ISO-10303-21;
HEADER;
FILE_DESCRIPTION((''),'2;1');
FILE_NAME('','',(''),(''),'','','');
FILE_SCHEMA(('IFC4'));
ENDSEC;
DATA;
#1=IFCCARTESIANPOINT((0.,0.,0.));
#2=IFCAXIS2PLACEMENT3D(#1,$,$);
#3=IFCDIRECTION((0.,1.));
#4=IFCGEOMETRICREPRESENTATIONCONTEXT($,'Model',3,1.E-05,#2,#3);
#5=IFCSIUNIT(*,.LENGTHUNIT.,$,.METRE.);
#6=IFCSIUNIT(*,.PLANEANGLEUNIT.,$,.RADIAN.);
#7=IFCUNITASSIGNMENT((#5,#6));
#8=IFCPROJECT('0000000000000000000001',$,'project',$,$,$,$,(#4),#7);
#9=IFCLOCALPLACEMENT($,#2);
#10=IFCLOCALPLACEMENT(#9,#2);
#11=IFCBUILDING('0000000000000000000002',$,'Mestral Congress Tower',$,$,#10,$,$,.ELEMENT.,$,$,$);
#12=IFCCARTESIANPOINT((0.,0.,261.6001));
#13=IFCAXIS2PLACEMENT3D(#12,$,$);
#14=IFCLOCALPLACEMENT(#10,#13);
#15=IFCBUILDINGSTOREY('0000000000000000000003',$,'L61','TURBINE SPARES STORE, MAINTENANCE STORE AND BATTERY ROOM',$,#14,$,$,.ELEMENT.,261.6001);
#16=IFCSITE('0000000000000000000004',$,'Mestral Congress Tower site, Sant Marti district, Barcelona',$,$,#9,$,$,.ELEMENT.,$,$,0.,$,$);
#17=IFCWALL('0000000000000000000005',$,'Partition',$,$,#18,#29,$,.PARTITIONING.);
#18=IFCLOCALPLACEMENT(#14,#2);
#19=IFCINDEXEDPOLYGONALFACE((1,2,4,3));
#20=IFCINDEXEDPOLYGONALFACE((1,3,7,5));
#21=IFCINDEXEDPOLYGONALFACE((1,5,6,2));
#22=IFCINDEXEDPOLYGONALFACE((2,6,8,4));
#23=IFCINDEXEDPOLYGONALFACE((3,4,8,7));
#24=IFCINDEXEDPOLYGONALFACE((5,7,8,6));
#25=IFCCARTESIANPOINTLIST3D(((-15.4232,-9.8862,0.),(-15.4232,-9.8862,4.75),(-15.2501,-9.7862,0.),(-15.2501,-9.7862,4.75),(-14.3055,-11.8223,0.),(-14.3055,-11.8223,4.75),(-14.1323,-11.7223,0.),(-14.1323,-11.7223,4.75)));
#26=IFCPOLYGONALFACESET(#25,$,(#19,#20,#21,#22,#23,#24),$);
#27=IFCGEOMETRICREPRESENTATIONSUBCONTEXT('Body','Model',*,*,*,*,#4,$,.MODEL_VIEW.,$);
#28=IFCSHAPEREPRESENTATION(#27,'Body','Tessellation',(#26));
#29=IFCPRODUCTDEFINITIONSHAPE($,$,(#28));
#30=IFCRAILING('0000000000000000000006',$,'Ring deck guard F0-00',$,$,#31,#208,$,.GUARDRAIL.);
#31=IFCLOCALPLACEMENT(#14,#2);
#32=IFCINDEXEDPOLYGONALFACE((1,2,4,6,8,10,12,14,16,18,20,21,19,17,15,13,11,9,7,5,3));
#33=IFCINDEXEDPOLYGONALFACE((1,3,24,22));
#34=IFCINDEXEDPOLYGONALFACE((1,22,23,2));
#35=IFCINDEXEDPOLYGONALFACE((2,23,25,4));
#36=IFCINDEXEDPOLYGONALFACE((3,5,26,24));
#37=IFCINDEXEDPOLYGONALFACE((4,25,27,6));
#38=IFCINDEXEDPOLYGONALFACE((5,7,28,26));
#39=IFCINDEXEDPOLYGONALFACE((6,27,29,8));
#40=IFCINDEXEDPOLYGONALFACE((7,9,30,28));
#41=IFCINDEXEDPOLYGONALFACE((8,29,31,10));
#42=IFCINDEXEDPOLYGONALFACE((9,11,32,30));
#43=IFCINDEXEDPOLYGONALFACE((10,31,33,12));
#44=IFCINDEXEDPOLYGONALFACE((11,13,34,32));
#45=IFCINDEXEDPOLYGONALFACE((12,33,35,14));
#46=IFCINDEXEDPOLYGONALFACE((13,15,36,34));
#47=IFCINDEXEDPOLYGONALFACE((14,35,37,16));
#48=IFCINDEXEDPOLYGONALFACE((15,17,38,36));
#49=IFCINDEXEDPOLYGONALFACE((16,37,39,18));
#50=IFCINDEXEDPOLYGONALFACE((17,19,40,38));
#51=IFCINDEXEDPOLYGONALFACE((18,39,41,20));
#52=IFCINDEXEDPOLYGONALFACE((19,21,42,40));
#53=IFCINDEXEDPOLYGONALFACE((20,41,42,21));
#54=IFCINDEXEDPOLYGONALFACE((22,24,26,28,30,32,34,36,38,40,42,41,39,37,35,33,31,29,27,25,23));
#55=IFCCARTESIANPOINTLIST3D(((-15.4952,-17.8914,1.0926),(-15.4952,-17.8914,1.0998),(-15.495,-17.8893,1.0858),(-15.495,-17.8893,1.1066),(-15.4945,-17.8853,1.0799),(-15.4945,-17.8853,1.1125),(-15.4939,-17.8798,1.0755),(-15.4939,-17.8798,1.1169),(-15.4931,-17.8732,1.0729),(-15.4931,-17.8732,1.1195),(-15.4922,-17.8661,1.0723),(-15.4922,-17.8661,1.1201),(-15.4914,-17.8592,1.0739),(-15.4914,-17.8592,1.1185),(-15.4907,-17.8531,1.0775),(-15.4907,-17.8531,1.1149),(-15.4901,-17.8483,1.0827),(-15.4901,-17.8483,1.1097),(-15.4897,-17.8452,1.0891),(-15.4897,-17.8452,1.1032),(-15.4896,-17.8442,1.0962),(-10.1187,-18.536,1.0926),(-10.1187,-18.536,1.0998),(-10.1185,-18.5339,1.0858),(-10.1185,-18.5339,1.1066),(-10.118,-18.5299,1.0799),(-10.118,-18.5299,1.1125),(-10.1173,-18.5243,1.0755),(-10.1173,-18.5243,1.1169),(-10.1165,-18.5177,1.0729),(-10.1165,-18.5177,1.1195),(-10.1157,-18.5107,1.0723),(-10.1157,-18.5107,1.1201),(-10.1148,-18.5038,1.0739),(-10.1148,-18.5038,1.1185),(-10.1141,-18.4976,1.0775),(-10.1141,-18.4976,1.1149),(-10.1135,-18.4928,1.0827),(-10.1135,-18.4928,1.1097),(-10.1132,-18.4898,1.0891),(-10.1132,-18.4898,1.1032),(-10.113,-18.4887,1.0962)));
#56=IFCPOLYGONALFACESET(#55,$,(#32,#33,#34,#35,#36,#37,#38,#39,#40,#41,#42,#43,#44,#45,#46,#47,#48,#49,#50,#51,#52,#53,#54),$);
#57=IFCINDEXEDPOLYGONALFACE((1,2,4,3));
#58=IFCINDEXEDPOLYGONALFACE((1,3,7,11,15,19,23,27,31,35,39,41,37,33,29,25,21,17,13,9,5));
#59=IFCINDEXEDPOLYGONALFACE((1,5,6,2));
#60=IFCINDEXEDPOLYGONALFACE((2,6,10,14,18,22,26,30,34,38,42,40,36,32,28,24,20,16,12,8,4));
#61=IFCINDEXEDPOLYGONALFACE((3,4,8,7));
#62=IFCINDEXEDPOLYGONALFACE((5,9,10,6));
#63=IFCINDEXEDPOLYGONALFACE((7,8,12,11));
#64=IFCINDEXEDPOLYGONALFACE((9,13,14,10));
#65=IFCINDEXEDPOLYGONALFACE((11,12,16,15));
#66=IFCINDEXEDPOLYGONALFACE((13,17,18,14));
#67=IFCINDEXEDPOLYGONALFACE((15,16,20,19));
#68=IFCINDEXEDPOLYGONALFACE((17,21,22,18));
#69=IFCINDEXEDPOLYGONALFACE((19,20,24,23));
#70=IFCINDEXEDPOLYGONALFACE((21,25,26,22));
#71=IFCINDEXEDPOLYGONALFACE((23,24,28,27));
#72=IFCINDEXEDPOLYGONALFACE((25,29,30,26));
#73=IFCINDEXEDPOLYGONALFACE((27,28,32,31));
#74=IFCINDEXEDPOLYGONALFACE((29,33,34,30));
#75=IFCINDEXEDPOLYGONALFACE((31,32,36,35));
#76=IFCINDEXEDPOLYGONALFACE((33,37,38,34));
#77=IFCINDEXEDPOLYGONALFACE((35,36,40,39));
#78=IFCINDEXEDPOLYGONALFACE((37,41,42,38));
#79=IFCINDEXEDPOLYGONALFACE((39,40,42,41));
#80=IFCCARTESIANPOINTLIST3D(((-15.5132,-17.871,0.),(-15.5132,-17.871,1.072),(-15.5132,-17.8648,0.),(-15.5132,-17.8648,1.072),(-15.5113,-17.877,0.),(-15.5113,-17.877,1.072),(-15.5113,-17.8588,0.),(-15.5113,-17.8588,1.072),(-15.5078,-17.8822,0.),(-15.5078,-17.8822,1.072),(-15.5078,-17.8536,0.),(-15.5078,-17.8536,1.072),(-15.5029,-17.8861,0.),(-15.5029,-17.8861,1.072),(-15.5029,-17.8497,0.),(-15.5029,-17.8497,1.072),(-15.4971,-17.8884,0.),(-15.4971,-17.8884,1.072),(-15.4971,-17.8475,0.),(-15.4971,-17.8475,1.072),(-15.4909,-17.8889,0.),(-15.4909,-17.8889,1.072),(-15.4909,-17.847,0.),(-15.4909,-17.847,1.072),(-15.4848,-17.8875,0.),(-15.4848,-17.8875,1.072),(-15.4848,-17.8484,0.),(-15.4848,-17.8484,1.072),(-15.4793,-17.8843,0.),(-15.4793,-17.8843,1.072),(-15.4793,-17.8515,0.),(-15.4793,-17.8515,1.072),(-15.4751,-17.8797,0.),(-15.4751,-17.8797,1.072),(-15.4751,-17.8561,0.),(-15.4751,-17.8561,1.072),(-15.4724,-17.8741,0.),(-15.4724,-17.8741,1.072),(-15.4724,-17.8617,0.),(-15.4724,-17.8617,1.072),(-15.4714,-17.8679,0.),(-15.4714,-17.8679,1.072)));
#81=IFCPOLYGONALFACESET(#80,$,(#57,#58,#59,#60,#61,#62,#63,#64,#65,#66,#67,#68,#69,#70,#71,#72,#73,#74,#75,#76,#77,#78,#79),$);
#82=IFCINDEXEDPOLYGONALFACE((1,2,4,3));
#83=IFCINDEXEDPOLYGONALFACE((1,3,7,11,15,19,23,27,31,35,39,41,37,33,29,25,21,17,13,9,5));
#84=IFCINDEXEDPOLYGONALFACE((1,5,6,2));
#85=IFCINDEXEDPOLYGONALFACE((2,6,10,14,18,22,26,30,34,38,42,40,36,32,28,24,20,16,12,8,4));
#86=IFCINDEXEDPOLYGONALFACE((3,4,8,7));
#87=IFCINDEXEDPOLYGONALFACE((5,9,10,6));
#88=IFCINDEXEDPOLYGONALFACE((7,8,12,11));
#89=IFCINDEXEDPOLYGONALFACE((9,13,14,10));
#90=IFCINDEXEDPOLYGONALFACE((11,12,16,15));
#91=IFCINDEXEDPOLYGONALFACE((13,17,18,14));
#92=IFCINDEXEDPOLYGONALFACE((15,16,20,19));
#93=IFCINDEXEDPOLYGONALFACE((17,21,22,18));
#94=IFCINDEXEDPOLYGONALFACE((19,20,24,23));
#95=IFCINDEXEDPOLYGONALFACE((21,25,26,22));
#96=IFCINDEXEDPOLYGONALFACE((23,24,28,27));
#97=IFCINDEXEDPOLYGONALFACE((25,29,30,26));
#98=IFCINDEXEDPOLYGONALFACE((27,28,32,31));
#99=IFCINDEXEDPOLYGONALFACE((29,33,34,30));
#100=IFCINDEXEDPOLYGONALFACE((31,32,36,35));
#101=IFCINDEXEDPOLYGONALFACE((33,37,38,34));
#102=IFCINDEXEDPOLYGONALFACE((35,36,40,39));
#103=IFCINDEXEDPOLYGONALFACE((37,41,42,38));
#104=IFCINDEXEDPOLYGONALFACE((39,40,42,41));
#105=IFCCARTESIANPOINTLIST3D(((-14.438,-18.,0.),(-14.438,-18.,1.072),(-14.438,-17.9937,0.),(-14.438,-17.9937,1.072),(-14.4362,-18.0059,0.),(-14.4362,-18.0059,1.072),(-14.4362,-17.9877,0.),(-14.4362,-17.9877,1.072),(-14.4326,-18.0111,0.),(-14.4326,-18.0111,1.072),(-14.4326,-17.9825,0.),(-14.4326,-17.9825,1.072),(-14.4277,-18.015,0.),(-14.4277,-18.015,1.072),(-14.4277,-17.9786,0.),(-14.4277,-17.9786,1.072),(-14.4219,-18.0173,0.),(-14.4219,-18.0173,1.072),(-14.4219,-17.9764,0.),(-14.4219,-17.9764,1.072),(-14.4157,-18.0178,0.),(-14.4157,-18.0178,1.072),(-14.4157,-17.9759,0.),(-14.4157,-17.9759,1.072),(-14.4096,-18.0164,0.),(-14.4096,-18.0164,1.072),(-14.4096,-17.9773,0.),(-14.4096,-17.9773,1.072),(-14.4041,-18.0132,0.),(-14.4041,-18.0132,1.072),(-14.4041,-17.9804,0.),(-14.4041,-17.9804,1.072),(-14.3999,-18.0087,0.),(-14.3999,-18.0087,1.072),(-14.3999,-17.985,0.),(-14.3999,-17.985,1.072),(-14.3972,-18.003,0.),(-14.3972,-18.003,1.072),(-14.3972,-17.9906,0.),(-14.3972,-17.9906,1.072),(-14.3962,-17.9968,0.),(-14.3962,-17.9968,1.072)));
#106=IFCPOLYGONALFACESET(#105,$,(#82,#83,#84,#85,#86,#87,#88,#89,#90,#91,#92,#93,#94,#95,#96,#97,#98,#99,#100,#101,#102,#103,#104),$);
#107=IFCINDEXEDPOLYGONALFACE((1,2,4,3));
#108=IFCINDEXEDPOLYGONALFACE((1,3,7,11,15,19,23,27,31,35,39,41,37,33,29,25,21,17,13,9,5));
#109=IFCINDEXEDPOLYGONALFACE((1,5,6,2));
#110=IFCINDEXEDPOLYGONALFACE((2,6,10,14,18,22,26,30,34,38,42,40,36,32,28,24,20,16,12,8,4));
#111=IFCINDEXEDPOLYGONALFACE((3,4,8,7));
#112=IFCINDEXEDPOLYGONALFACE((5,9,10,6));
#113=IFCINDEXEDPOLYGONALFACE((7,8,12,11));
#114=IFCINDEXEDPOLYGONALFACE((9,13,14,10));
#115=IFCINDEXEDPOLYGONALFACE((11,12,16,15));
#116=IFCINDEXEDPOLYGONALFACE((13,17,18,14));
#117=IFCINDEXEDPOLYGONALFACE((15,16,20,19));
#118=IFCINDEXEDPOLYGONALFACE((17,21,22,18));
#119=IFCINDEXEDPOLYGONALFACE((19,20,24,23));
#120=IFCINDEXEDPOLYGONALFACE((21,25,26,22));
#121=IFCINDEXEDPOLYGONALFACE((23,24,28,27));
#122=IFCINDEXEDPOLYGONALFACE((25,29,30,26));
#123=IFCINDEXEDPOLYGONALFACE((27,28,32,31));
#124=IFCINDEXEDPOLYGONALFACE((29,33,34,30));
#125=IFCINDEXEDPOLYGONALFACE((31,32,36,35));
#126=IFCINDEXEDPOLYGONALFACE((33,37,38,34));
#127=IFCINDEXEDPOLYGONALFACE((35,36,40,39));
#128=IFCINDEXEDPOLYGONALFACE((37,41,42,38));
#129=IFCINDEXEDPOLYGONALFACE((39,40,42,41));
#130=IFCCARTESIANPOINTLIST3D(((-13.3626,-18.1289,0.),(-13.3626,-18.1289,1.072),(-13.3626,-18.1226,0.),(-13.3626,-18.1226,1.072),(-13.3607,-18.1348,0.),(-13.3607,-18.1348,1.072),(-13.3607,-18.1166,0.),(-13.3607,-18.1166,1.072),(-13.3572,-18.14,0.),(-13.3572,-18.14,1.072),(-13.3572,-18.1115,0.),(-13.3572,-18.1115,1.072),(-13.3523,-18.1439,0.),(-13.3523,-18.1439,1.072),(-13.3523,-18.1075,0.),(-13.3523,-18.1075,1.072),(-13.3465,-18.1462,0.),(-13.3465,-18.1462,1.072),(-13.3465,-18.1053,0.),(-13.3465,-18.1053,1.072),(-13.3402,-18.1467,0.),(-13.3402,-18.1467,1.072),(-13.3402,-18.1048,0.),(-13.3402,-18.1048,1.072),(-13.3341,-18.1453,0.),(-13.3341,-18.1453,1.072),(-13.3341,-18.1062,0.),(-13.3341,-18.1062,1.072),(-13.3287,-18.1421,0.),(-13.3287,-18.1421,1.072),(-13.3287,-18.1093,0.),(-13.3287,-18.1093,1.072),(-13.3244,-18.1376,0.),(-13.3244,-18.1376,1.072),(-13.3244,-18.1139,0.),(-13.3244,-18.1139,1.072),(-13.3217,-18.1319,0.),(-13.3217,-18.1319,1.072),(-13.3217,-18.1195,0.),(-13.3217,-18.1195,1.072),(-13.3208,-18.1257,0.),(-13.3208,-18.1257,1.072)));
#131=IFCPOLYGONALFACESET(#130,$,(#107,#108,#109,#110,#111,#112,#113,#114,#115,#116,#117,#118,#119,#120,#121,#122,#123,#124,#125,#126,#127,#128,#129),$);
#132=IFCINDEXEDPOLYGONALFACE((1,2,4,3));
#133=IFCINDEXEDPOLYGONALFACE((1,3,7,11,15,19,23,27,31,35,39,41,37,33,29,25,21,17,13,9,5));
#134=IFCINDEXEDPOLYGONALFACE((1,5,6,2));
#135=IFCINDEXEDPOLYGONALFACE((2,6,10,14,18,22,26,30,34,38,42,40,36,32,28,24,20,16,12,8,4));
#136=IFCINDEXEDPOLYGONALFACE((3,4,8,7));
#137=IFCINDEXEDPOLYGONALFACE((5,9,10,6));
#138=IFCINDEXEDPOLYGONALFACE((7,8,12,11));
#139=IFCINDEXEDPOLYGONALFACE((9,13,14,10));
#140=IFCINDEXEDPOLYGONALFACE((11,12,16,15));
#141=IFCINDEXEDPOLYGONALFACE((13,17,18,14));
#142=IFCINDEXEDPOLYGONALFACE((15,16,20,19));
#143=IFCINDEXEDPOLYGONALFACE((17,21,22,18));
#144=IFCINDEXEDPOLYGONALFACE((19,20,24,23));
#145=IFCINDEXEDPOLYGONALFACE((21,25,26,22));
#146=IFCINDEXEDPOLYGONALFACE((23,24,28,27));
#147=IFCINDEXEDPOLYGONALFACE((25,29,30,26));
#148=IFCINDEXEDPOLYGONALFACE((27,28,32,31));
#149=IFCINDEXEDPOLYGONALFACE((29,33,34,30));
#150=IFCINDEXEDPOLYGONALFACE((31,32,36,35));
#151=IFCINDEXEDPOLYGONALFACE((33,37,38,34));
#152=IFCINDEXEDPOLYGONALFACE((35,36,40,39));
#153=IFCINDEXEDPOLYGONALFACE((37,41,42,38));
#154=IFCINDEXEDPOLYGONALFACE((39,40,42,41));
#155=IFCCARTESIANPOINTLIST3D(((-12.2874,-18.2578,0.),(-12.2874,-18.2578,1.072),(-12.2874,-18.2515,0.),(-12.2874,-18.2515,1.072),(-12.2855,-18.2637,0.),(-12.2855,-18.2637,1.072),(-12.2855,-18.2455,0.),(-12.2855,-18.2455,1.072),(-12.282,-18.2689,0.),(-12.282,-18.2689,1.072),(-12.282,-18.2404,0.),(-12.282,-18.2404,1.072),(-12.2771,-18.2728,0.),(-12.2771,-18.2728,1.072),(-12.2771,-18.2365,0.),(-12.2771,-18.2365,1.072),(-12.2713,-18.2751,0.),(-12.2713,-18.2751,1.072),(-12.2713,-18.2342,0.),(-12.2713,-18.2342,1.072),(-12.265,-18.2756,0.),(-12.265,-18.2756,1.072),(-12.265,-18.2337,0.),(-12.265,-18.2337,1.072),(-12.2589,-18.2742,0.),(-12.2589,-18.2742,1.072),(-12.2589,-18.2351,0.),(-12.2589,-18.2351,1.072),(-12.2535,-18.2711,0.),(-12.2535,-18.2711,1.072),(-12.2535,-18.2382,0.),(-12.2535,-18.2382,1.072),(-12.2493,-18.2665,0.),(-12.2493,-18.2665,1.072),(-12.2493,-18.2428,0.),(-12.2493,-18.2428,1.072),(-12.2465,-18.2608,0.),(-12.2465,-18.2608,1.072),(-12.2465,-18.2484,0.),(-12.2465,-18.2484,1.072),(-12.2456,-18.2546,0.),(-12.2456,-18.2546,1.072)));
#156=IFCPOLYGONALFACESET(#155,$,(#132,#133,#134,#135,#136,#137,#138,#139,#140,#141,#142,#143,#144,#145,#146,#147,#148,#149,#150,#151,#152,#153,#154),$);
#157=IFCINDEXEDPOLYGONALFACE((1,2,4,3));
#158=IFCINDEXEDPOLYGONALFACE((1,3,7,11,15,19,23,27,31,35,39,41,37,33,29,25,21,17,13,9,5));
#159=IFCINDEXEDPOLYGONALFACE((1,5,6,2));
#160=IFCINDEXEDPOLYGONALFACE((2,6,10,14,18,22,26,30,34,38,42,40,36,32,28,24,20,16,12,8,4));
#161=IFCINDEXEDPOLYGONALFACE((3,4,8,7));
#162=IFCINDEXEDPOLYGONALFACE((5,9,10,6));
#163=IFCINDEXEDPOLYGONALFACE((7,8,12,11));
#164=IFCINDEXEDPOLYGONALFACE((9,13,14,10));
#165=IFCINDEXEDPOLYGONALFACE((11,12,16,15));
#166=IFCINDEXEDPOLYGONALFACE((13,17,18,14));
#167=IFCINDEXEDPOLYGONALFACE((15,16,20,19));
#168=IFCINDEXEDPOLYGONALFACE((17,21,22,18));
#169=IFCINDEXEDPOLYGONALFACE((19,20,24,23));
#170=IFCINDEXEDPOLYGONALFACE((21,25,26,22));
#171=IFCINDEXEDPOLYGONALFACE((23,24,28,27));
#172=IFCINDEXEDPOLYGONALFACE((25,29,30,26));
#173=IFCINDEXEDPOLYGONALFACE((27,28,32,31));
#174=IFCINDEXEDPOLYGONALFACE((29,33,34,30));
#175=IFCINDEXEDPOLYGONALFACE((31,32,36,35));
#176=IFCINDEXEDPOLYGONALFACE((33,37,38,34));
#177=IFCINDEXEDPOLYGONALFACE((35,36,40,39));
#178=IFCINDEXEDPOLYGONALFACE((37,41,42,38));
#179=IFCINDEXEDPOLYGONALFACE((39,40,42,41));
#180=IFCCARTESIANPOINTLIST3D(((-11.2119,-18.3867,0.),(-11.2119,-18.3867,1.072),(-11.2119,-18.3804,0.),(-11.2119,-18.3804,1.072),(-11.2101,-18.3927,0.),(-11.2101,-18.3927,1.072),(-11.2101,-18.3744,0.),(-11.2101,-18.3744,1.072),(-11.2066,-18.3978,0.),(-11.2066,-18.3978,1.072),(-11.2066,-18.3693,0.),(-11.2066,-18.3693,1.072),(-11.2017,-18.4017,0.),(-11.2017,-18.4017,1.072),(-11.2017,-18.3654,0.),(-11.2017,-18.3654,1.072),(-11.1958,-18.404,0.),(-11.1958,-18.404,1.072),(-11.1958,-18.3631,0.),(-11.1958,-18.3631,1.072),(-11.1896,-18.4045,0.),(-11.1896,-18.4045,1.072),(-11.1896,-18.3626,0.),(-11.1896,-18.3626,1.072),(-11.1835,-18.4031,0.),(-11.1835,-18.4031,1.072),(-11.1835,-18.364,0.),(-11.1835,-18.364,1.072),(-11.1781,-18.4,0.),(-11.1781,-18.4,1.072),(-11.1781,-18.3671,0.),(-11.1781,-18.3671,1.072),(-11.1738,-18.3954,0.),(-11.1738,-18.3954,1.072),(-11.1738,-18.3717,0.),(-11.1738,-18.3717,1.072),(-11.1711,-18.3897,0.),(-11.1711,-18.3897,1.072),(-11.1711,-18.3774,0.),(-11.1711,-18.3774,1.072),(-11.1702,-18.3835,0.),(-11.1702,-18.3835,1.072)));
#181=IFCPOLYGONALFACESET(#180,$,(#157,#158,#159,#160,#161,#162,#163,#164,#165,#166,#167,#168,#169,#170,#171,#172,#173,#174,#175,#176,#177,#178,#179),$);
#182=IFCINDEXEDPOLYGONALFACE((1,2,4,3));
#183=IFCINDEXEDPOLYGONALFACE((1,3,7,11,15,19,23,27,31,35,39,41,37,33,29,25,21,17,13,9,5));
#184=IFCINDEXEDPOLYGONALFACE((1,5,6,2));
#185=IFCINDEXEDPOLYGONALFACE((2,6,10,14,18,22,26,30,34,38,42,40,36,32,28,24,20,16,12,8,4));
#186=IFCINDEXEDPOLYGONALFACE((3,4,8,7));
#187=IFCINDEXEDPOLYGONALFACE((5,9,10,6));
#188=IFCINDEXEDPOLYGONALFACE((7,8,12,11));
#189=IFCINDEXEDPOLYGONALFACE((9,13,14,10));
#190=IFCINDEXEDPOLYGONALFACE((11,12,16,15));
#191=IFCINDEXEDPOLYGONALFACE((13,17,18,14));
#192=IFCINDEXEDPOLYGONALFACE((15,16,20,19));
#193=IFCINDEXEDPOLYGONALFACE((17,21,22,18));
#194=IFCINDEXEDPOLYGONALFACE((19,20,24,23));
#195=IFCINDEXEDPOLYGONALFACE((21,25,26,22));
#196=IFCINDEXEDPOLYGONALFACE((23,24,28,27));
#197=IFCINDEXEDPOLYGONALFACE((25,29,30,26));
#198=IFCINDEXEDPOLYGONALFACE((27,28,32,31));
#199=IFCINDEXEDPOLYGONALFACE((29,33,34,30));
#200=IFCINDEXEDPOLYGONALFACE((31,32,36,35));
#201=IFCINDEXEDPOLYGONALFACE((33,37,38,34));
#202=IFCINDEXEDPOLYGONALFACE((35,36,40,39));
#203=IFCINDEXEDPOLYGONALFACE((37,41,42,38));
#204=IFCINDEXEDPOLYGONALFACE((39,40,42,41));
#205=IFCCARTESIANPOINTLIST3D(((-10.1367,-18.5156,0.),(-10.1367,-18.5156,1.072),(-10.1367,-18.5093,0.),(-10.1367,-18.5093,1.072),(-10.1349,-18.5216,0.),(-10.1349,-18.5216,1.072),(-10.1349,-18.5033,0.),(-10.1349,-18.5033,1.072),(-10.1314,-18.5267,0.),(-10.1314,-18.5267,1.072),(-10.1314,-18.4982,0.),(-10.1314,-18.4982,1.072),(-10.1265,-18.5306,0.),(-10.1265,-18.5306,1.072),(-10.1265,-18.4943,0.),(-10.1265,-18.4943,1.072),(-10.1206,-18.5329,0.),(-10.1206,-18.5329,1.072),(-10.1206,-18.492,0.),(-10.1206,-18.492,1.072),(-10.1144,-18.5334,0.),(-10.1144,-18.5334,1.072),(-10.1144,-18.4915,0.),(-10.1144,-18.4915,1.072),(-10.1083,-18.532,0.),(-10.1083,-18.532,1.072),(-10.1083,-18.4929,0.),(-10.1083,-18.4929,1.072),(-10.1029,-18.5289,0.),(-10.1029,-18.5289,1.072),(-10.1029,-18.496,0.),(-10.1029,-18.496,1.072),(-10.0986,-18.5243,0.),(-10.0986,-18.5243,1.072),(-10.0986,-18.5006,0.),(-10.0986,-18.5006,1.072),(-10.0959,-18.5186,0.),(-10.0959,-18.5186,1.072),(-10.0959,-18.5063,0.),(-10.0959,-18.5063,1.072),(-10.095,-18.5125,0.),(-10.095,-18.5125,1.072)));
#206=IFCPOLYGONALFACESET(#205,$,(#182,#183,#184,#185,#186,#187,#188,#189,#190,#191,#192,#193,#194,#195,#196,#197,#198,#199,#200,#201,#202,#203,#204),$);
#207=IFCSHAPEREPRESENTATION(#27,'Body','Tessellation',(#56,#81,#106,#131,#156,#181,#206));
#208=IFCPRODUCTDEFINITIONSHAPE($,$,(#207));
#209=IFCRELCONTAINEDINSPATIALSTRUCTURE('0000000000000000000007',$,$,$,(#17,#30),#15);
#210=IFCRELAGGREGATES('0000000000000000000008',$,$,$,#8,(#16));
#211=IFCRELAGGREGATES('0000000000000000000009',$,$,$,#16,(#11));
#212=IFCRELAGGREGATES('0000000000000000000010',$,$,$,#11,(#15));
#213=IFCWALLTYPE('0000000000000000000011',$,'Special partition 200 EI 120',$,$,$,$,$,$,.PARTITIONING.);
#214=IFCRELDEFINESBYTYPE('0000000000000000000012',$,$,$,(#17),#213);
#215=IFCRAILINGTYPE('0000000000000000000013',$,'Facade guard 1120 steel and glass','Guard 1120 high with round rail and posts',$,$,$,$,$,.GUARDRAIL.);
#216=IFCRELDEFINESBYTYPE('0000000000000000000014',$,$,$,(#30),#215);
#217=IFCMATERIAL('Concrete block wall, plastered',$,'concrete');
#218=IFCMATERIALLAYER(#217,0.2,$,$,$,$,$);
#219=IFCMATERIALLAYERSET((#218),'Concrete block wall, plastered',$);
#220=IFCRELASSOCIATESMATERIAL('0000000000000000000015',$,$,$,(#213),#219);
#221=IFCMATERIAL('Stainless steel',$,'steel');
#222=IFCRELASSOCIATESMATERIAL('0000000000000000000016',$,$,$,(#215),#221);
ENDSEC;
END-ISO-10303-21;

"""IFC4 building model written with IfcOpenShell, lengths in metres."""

from ifc_helpers import new_model, si_unit, direction, frame, frame_2d, origin, origin_2d, place, context, subcontext, project, spatial, rectangle, circle, extrude, material, layer, layer_set, type_object, element, save


model = new_model("IFC4")

# Units and contexts
model_context = context("Model", 3, precision=1e-05, world=origin(), true_north=direction((0.0, 1.0)))
body_context = subcontext(model_context, "Body", "Model", "MODEL_VIEW")
ifc_project = project(units=[si_unit("LENGTHUNIT", "METRE"), si_unit("PLANEANGLEUNIT", "RADIAN")], contexts=[model_context])

# Site, building, storey
site_placement = place(None, origin())
site = spatial("IfcSite", under=ifc_project, at=site_placement, Name="Mestral Congress Tower site, Sant Marti district, Barcelona", CompositionType="ELEMENT", RefElevation=0.0)
building_placement = place(site_placement, origin())
building = spatial("IfcBuilding", under=site, at=building_placement, Name="Mestral Congress Tower", CompositionType="ELEMENT")
storey_placement = place(building_placement, frame((0.0, 0.0, 261.6001)))
storey = spatial("IfcBuildingStorey", under=building, at=storey_placement, Name="L61", Description="TURBINE SPARES STORE, MAINTENANCE STORE AND BATTERY ROOM", CompositionType="ELEMENT", Elevation=261.6001)

# Shared definitions
ifc_material_1 = material(Name="Concrete block wall, plastered", Category="concrete")
ifc_layer_1 = layer(ifc_material_1, 0.2)
ifc_layer_set_1 = layer_set([ifc_layer_1], Name="Concrete block wall, plastered")
wall_type_1 = type_object("IfcWallType", Name="Special partition 200 EI 120", PredefinedType="PARTITIONING", material=ifc_layer_set_1)

# Wall
wall_1_placement = place(storey_placement, frame((-14.219, -11.7722, 0.0), z_axis=(0.0, 0.0, 1.0), x_axis=(-0.499968, 0.866044, 0.0)))
element("IfcWall", 1, at=wall_1_placement, inside=storey, type_object=wall_type_1, Name="Partition", PredefinedType="PARTITIONING", context=body_context, shape_type="SweptSolid", body=[
    extrude(rectangle(XDim=2.2356, YDim=0.2, at=frame_2d((1.1177, 0.0))), origin(), (0.0, 0.0, 1.0), 4.75),
])

# Railing
ifc_material_2 = material(Name="Stainless steel", Category="steel")
railing_type = type_object("IfcRailingType", Name="Facade guard 1120 steel and glass", Description="Guard 1120 high with round rail and posts", PredefinedType="GUARDRAIL", material=ifc_material_2)
railing_1_placement = place(storey_placement, frame((-15.4924, -17.8679, 0.0)))
element("IfcRailing", 2, at=railing_1_placement, inside=storey, type_object=railing_type, Name="Ring deck guard F0-00", PredefinedType="GUARDRAIL", context=body_context, shape_type="SweptSolid", body=[
    extrude(circle(Radius=0.0239, at=origin_2d()), frame((0.0, 0.0, 1.0962), z_axis=(0.992891, -0.119028, 0.0), x_axis=(0.119028, 0.992891, 0.0)), (0.0, 0.0, 1.0), 5.415),
    extrude(circle(Radius=0.021, at=origin_2d()), origin(), (0.0, 0.0, 1.0), 1.072),
    extrude(circle(Radius=0.021, at=origin_2d()), frame((1.0752, -0.1289, 0.0)), (0.0, 0.0, 1.0), 1.072),
    extrude(circle(Radius=0.021, at=origin_2d()), frame((2.1506, -0.2578, 0.0)), (0.0, 0.0, 1.0), 1.072),
    extrude(circle(Radius=0.021, at=origin_2d()), frame((3.2258, -0.3867, 0.0)), (0.0, 0.0, 1.0), 1.072),
    extrude(circle(Radius=0.021, at=origin_2d()), frame((4.3013, -0.5156, 0.0)), (0.0, 0.0, 1.0), 1.072),
    extrude(circle(Radius=0.021, at=origin_2d()), frame((5.3765, -0.6445, 0.0)), (0.0, 0.0, 1.0), 1.072),
])

save(model, "model.ifc")
